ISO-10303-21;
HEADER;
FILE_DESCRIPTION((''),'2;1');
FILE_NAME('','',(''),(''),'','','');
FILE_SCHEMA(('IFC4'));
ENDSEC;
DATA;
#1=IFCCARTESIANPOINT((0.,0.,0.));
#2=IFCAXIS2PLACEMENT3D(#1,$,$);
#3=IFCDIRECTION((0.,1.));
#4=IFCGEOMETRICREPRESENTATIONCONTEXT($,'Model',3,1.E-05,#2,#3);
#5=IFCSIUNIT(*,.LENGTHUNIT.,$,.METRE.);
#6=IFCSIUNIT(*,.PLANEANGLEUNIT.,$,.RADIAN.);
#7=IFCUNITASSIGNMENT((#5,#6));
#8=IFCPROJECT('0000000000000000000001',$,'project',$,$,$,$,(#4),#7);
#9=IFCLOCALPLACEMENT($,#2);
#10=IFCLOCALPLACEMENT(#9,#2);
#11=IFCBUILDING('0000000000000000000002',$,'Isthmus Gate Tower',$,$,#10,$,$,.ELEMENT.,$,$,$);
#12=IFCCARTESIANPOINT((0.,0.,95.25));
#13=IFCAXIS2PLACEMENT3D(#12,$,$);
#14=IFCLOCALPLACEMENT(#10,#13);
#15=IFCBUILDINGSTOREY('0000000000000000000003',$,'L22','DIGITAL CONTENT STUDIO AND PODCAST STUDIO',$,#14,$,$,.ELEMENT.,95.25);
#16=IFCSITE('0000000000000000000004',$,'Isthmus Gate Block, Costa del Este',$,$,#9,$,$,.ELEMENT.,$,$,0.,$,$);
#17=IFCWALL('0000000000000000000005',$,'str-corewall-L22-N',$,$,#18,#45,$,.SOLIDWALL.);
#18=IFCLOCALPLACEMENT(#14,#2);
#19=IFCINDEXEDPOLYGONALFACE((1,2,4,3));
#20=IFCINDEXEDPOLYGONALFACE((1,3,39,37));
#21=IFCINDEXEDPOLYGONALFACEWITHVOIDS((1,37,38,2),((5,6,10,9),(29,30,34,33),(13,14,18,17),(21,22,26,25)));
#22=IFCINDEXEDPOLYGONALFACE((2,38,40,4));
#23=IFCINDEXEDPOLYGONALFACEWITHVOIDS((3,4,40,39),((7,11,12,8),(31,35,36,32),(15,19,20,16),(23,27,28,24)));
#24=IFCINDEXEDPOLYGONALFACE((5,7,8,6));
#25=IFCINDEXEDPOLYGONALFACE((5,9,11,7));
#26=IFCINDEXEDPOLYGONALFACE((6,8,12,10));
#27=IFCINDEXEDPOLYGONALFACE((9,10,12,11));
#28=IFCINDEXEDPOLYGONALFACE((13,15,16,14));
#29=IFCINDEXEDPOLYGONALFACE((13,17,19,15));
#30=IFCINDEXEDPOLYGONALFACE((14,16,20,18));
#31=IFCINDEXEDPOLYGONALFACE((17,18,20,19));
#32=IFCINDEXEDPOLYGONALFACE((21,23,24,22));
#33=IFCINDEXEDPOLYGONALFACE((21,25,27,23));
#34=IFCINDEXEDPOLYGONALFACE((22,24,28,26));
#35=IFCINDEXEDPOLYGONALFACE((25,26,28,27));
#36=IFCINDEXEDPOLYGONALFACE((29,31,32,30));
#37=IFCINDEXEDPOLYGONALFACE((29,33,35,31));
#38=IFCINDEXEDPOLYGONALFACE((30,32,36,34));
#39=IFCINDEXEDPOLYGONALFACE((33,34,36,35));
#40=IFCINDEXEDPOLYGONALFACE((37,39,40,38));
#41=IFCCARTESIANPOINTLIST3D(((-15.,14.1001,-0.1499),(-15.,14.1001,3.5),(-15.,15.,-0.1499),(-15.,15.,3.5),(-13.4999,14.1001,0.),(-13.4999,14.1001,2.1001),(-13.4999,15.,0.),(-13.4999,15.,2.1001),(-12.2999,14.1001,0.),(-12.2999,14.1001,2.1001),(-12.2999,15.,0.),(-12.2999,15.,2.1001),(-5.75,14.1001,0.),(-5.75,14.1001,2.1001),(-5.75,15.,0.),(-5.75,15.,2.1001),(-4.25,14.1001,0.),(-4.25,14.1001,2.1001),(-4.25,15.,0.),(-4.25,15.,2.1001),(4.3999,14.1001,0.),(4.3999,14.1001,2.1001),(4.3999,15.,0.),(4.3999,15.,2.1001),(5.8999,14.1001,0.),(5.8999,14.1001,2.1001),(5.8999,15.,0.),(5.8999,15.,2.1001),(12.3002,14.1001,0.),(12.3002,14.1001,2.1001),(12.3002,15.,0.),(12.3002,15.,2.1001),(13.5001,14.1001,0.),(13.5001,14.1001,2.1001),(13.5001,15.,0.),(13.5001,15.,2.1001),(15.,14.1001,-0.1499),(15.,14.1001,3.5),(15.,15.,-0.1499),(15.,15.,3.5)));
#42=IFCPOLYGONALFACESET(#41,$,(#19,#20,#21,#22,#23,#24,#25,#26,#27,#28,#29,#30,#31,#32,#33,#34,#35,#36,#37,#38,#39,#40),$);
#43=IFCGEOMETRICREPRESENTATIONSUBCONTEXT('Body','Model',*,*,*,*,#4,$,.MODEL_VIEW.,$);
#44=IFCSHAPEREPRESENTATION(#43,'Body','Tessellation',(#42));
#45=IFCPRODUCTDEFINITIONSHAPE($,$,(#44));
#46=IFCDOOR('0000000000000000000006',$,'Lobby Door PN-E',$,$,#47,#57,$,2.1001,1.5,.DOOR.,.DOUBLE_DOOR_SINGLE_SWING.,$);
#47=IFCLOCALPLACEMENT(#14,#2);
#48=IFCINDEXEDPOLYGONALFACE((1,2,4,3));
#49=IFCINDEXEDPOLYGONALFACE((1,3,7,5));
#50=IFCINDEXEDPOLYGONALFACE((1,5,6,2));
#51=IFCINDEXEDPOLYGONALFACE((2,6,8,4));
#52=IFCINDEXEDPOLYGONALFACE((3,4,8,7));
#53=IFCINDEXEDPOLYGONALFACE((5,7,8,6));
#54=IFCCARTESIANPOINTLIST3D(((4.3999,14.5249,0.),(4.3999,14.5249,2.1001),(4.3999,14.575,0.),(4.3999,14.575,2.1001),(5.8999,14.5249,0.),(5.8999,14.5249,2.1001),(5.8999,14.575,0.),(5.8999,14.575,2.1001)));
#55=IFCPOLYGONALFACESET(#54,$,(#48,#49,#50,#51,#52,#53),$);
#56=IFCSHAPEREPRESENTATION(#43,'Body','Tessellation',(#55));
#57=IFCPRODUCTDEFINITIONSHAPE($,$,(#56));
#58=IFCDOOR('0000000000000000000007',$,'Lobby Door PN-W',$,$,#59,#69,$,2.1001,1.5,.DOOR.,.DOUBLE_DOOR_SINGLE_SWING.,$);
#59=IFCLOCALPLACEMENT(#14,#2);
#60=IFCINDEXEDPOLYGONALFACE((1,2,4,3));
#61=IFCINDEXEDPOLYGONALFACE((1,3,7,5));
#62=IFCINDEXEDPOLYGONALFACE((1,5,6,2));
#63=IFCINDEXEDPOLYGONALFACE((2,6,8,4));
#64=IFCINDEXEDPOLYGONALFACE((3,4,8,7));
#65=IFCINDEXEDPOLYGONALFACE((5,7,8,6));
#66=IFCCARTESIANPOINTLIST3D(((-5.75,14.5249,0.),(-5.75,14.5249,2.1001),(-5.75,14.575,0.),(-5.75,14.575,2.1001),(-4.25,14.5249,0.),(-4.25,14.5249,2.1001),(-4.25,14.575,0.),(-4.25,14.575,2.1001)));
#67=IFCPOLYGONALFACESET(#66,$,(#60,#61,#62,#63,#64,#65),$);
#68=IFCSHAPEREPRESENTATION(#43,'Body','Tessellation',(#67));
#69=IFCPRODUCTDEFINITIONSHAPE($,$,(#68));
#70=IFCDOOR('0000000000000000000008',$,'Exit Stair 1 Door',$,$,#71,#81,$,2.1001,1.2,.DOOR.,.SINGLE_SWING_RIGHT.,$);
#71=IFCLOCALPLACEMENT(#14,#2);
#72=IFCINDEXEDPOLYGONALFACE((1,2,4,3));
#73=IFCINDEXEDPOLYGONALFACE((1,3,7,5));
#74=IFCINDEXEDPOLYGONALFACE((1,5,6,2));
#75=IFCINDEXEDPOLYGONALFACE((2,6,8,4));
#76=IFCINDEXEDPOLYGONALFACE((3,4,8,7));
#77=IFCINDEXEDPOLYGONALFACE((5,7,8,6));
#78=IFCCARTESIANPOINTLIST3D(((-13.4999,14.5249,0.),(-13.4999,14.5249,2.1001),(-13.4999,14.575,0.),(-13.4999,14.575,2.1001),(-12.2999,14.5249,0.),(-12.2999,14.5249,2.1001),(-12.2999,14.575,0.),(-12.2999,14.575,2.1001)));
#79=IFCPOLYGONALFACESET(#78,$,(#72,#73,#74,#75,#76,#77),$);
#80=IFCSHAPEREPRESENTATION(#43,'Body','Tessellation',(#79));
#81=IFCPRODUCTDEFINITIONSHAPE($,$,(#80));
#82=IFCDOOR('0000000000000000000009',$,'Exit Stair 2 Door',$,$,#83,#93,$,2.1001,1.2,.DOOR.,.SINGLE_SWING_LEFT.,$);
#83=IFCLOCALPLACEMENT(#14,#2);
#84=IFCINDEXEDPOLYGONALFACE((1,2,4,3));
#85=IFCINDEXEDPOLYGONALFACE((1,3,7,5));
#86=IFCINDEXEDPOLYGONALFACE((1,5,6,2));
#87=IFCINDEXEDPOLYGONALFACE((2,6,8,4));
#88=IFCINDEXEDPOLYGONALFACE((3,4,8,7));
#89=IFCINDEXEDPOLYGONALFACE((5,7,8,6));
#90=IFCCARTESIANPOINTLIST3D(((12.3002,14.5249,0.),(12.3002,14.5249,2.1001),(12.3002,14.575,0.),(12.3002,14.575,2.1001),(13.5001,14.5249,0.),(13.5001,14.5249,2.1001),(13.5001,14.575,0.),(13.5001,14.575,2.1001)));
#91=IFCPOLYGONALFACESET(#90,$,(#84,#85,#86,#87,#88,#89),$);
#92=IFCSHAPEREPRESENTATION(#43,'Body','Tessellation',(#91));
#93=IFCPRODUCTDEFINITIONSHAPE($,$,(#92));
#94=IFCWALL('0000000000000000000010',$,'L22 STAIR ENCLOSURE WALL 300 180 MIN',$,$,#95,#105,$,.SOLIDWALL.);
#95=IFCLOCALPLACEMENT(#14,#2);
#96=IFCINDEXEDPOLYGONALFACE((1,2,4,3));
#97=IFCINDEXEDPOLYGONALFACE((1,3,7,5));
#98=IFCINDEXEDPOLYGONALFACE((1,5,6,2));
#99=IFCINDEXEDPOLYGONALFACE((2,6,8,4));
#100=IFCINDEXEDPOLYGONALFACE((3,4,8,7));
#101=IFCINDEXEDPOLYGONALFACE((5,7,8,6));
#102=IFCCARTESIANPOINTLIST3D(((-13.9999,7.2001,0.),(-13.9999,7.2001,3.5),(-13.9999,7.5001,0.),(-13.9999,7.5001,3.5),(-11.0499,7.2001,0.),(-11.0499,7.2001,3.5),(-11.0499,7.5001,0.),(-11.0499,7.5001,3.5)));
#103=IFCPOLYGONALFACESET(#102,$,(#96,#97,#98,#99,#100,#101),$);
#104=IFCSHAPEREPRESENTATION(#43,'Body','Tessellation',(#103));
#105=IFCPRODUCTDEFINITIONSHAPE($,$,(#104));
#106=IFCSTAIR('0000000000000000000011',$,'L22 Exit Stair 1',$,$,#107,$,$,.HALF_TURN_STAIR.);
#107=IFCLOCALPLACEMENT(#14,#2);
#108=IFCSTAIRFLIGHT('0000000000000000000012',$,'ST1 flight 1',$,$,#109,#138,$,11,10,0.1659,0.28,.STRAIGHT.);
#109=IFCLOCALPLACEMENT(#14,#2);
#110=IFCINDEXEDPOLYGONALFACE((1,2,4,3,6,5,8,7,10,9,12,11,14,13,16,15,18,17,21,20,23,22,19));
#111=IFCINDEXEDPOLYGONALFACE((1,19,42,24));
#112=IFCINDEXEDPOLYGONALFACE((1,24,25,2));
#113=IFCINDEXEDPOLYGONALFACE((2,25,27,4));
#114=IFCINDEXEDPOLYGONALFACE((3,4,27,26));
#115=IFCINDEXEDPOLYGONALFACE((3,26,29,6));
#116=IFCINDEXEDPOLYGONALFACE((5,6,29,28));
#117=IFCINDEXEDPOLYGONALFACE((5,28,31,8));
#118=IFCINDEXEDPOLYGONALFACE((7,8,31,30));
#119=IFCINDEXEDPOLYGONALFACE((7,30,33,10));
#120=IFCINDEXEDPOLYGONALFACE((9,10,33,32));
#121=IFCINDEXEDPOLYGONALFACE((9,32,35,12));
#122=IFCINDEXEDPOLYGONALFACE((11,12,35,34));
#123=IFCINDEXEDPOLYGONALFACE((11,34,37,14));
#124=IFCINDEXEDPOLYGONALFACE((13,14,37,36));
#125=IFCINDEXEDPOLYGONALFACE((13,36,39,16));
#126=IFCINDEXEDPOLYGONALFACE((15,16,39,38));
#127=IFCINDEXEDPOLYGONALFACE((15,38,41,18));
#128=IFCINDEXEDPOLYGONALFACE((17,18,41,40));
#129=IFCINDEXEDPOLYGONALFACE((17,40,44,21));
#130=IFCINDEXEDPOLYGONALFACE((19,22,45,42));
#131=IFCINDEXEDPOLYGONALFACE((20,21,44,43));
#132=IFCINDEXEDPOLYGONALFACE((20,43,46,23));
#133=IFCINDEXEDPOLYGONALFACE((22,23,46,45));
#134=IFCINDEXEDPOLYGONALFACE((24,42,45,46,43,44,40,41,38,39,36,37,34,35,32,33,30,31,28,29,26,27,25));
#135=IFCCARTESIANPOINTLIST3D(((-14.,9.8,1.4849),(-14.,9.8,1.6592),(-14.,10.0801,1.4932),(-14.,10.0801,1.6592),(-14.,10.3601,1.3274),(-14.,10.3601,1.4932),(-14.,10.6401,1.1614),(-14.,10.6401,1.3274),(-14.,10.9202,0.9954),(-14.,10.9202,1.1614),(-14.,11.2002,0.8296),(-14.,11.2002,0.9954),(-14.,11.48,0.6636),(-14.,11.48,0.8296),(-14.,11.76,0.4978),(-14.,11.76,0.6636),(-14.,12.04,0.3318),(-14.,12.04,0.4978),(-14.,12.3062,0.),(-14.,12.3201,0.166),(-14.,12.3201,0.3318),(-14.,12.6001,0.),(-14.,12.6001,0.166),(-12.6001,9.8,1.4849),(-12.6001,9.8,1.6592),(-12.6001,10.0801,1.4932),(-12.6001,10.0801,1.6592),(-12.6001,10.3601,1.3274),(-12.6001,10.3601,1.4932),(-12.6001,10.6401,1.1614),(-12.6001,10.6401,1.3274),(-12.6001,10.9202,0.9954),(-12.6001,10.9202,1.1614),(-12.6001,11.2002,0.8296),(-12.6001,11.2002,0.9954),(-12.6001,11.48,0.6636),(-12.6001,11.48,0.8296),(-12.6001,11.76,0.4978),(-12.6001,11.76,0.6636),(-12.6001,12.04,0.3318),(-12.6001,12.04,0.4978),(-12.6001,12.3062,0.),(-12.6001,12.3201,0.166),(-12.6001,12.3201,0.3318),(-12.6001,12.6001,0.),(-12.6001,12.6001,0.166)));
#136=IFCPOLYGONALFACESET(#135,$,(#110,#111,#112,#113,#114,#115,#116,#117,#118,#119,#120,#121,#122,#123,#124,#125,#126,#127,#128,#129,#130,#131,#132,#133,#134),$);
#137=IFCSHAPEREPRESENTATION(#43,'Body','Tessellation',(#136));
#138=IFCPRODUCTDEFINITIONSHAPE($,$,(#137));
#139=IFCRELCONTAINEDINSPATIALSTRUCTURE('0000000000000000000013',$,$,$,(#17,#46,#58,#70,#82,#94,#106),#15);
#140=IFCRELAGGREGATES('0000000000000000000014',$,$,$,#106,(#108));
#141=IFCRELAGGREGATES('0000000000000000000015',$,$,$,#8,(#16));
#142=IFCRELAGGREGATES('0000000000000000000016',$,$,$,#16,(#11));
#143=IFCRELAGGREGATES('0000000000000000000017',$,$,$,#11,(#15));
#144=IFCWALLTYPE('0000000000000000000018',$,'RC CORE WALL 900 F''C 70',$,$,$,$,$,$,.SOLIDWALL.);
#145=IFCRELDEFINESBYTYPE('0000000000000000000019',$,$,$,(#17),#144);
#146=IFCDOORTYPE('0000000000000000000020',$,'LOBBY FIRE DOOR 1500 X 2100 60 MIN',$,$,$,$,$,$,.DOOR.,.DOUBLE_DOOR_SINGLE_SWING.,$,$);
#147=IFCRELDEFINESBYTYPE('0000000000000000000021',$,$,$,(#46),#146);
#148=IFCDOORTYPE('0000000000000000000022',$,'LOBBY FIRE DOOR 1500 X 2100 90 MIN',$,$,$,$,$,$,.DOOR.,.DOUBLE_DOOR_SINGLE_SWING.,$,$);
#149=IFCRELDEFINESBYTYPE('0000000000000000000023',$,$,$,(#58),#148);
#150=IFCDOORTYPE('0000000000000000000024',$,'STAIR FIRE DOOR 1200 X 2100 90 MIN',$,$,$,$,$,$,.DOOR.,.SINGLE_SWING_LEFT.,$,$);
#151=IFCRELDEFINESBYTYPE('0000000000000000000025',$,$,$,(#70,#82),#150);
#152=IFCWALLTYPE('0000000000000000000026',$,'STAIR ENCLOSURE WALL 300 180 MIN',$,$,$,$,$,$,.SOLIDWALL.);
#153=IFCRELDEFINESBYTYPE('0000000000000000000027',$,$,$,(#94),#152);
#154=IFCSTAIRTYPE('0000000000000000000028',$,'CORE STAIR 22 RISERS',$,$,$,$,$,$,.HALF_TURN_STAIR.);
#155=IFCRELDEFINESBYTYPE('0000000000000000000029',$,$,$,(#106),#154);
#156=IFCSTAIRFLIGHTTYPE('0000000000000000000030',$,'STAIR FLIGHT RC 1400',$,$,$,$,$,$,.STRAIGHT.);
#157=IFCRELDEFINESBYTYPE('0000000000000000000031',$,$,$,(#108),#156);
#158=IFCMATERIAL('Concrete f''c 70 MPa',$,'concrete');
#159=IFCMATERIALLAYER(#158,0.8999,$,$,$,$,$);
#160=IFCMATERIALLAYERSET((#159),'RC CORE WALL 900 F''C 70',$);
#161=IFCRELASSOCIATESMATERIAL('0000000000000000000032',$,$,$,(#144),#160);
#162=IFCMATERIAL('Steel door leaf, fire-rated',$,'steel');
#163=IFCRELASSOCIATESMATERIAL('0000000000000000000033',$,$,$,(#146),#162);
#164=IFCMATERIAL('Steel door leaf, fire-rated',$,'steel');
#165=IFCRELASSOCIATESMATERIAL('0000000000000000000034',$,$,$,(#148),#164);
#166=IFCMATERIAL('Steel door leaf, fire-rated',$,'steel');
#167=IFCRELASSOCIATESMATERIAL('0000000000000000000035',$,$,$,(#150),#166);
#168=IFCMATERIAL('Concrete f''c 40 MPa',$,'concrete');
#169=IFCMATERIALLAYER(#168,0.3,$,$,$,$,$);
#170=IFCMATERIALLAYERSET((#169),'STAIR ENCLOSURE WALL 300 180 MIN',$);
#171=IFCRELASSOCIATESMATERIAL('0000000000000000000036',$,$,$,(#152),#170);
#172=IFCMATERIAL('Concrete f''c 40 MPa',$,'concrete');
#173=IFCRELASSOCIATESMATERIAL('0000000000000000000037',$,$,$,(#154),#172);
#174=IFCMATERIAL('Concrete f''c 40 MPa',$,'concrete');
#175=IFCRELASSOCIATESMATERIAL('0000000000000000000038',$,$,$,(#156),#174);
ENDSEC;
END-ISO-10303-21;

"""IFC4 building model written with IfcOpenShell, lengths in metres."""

from ifc_helpers import new_model, si_unit, direction, frame, frame_2d, origin, place, context, subcontext, project, spatial, polyline, rectangle, outline, extrude, material, layer, layer_set, type_object, element, fill, aggregate, save


model = new_model("IFC4")

# Units and contexts
model_context = context("Model", 3, precision=1e-05, world=origin(), true_north=direction((0.0, 1.0)))
body_context = subcontext(model_context, "Body", "Model", "MODEL_VIEW")
ifc_project = project(units=[si_unit("LENGTHUNIT", "METRE"), si_unit("PLANEANGLEUNIT", "RADIAN")], contexts=[model_context])

# Site, building, storey
site_placement = place(None, origin())
site = spatial("IfcSite", under=ifc_project, at=site_placement, Name="Isthmus Gate Block, Costa del Este", CompositionType="ELEMENT", RefElevation=0.0)
building_placement = place(site_placement, origin())
building = spatial("IfcBuilding", under=site, at=building_placement, Name="Isthmus Gate Tower", CompositionType="ELEMENT")
storey_placement = place(building_placement, frame((0.0, 0.0, 95.25)))
storey = spatial("IfcBuildingStorey", under=building, at=storey_placement, Name="L22", Description="DIGITAL CONTENT STUDIO AND PODCAST STUDIO", CompositionType="ELEMENT", Elevation=95.25)

# Wall, openings, doors
ifc_material_1 = material(Name="Concrete f'c 70 MPa", Category="concrete")
ifc_layer_1 = layer(ifc_material_1, 0.8999)
ifc_layer_set_1 = layer_set([ifc_layer_1], Name="RC CORE WALL 900 F'C 70")
wall_type_1 = type_object("IfcWallType", Name="RC CORE WALL 900 F'C 70", PredefinedType="SOLIDWALL", material=ifc_layer_set_1)
wall_1_placement = place(storey_placement, frame((-15.0, 14.55, -0.1499), z_axis=(0.0, 0.0, 1.0), x_axis=(1.0, 0.0, 0.0)))
wall_1 = element("IfcWall", 1, at=wall_1_placement, inside=storey, type_object=wall_type_1, Name="str-corewall-L22-N", PredefinedType="SOLIDWALL", context=body_context, shape_type="SweptSolid", body=[
    extrude(rectangle(XDim=30.0, YDim=0.8999, at=frame_2d((15.0, 0.0))), origin(), (0.0, 0.0, 1.0), 3.6499),
])
opening_1_placement = place(wall_1_placement, frame((9.25, 0.0, 0.1499)))
opening_1 = element("IfcOpeningElement", 2, at=opening_1_placement, cuts=wall_1, PredefinedType="OPENING", context=body_context, shape_type="SweptSolid", body=[
    extrude(rectangle(XDim=1.5, YDim=2.1001, at=frame_2d((0.75, 1.05))), frame((0.0, 0.46, 0.0), z_axis=(0.0, -1.0, 0.0), x_axis=(1.0, 0.0, 0.0)), (0.0, 0.0, 1.0), 0.9199),
])
opening_2_placement = place(wall_1_placement, frame((19.3999, 0.0, 0.1499)))
opening_2 = element("IfcOpeningElement", 3, at=opening_2_placement, cuts=wall_1, PredefinedType="OPENING", context=body_context, shape_type="SweptSolid", body=[
    extrude(rectangle(XDim=1.5, YDim=2.1001, at=frame_2d((0.75, 1.05))), frame((0.0, 0.46, 0.0), z_axis=(0.0, -1.0, 0.0), x_axis=(1.0, 0.0, 0.0)), (0.0, 0.0, 1.0), 0.9199),
])
opening_3_placement = place(wall_1_placement, frame((1.5, 0.0, 0.1499)))
opening_3 = element("IfcOpeningElement", 4, at=opening_3_placement, cuts=wall_1, PredefinedType="OPENING", context=body_context, shape_type="SweptSolid", body=[
    extrude(rectangle(XDim=1.2, YDim=2.1001, at=frame_2d((0.6001, 1.05))), frame((0.0, 0.46, 0.0), z_axis=(0.0, -1.0, 0.0), x_axis=(1.0, 0.0, 0.0)), (0.0, 0.0, 1.0), 0.9199),
])
opening_4_placement = place(wall_1_placement, frame((27.3, 0.0, 0.1499)))
opening_4 = element("IfcOpeningElement", 5, at=opening_4_placement, cuts=wall_1, PredefinedType="OPENING", context=body_context, shape_type="SweptSolid", body=[
    extrude(rectangle(XDim=1.2, YDim=2.1001, at=frame_2d((0.6001, 1.05))), frame((0.0, 0.46, 0.0), z_axis=(0.0, -1.0, 0.0), x_axis=(1.0, 0.0, 0.0)), (0.0, 0.0, 1.0), 0.9199),
])
ifc_material_2 = material(Name="Steel door leaf, fire-rated", Category="steel")
door_type_1 = type_object("IfcDoorType", Name="LOBBY FIRE DOOR 1500 X 2100 60 MIN", OperationType="DOUBLE_DOOR_SINGLE_SWING", PredefinedType="DOOR", material=ifc_material_2)
door_1_placement = place(opening_2_placement, origin())
door_1 = element("IfcDoor", 6, at=door_1_placement, inside=storey, type_object=door_type_1, Name="Lobby Door PN-E", OperationType="DOUBLE_DOOR_SINGLE_SWING", OverallHeight=2.1001, OverallWidth=1.5, PredefinedType="DOOR", context=body_context, shape_type="SweptSolid", body=[
    extrude(rectangle(XDim=1.5, YDim=2.1001, at=frame_2d((0.75, 1.05))), frame((0.0, 0.0249, 0.0), z_axis=(0.0, -1.0, 0.0), x_axis=(1.0, 0.0, 0.0)), (0.0, 0.0, 1.0), 0.05),
])
fill(opening_2, door_1)
ifc_material_3 = material(Name="Steel door leaf, fire-rated", Category="steel")
door_type_2 = type_object("IfcDoorType", Name="LOBBY FIRE DOOR 1500 X 2100 90 MIN", OperationType="DOUBLE_DOOR_SINGLE_SWING", PredefinedType="DOOR", material=ifc_material_3)
door_2_placement = place(opening_1_placement, origin())
door_2 = element("IfcDoor", 7, at=door_2_placement, inside=storey, type_object=door_type_2, Name="Lobby Door PN-W", OperationType="DOUBLE_DOOR_SINGLE_SWING", OverallHeight=2.1001, OverallWidth=1.5, PredefinedType="DOOR", context=body_context, shape_type="SweptSolid", body=[
    extrude(rectangle(XDim=1.5, YDim=2.1001, at=frame_2d((0.75, 1.05))), frame((0.0, 0.0249, 0.0), z_axis=(0.0, -1.0, 0.0), x_axis=(1.0, 0.0, 0.0)), (0.0, 0.0, 1.0), 0.05),
])
fill(opening_1, door_2)
ifc_material_4 = material(Name="Steel door leaf, fire-rated", Category="steel")
door_type_3 = type_object("IfcDoorType", Name="STAIR FIRE DOOR 1200 X 2100 90 MIN", OperationType="SINGLE_SWING_LEFT", PredefinedType="DOOR", material=ifc_material_4)
door_3_placement = place(opening_3_placement, origin())
door_3 = element("IfcDoor", 8, at=door_3_placement, inside=storey, type_object=door_type_3, Name="Exit Stair 1 Door", OperationType="SINGLE_SWING_RIGHT", OverallHeight=2.1001, OverallWidth=1.2, PredefinedType="DOOR", context=body_context, shape_type="SweptSolid", body=[
    extrude(rectangle(XDim=1.2, YDim=2.1001, at=frame_2d((0.6001, 1.05))), frame((0.0, 0.0249, 0.0), z_axis=(0.0, -1.0, 0.0), x_axis=(1.0, 0.0, 0.0)), (0.0, 0.0, 1.0), 0.05),
])
fill(opening_3, door_3)
door_4_placement = place(opening_4_placement, origin())
door_4 = element("IfcDoor", 9, at=door_4_placement, inside=storey, type_object=door_type_3, Name="Exit Stair 2 Door", OperationType="SINGLE_SWING_LEFT", OverallHeight=2.1001, OverallWidth=1.2, PredefinedType="DOOR", context=body_context, shape_type="SweptSolid", body=[
    extrude(rectangle(XDim=1.2, YDim=2.1001, at=frame_2d((0.6001, 1.05))), frame((0.0, 0.0249, 0.0), z_axis=(0.0, -1.0, 0.0), x_axis=(1.0, 0.0, 0.0)), (0.0, 0.0, 1.0), 0.05),
])
fill(opening_4, door_4)

# Wall
ifc_material_5 = material(Name="Concrete f'c 40 MPa", Category="concrete")
ifc_layer_2 = layer(ifc_material_5, 0.3)
ifc_layer_set_2 = layer_set([ifc_layer_2], Name="STAIR ENCLOSURE WALL 300 180 MIN")
wall_type_2 = type_object("IfcWallType", Name="STAIR ENCLOSURE WALL 300 180 MIN", PredefinedType="SOLIDWALL", material=ifc_layer_set_2)
wall_2_placement = place(storey_placement, frame((-14.0, 7.3501, 0.0), z_axis=(0.0, 0.0, 1.0), x_axis=(1.0, 0.0, 0.0)))
element("IfcWall", 10, at=wall_2_placement, inside=storey, type_object=wall_type_2, Name="L22 STAIR ENCLOSURE WALL 300 180 MIN", PredefinedType="SOLIDWALL", context=body_context, shape_type="SweptSolid", body=[
    extrude(rectangle(XDim=2.95, YDim=0.3, at=frame_2d((1.4751, 0.0))), origin(), (0.0, 0.0, 1.0), 3.5),
])

# Stair, stair flight
ifc_material_6 = material(Name="Concrete f'c 40 MPa", Category="concrete")
stair_type = type_object("IfcStairType", Name="CORE STAIR 22 RISERS", PredefinedType="HALF_TURN_STAIR", material=ifc_material_6)
stair_placement = place(storey_placement, origin())
stair = element("IfcStair", 11, at=stair_placement, inside=storey, type_object=stair_type, Name="L22 Exit Stair 1", PredefinedType="HALF_TURN_STAIR")
ifc_material_7 = material(Name="Concrete f'c 40 MPa", Category="concrete")
stair_flight_type = type_object("IfcStairFlightType", Name="STAIR FLIGHT RC 1400", PredefinedType="STRAIGHT", material=ifc_material_7)
stair_flight_placement = place(storey_placement, frame((-13.3, 12.6001, 0.0), z_axis=(0.0, 0.0, 1.0), x_axis=(0.0, -1.0, 0.0)))
stair_flight = element("IfcStairFlight", 12, at=stair_flight_placement, type_object=stair_flight_type, Name="ST1 flight 1", NumberOfRisers=11, NumberOfTreads=10, PredefinedType="STRAIGHT", RiserHeight=0.1659, TreadLength=0.28, context=body_context, shape_type="SweptSolid", body=[
    extrude(outline(polyline([(0.0, 0.0), (0.0, 0.166), (0.28, 0.166), (0.28, 0.3318), (0.5601, 0.3318), (0.5601, 0.4978), (0.8401, 0.4978), (0.8401, 0.6636), (1.1201, 0.6636), (1.1201, 0.8296), (1.3999, 0.8296), (1.3999, 0.9954), (1.6799, 0.9954), (1.6799, 1.1614), (1.96, 1.1614), (1.96, 1.3274), (2.24, 1.3274), (2.24, 1.4932), (2.52, 1.4932), (2.52, 1.6592), (2.8, 1.6592), (2.8, 1.825), (2.8, 1.4849), (0.2939, 0.0), (0.0, 0.0)])), frame((0.0, 0.7, 0.0), z_axis=(0.0, -1.0, 0.0), x_axis=(1.0, 0.0, 0.0)), (0.0, 0.0, 1.0), 1.3999),
])
aggregate(stair, [stair_flight])

save(model, "model.ifc")
